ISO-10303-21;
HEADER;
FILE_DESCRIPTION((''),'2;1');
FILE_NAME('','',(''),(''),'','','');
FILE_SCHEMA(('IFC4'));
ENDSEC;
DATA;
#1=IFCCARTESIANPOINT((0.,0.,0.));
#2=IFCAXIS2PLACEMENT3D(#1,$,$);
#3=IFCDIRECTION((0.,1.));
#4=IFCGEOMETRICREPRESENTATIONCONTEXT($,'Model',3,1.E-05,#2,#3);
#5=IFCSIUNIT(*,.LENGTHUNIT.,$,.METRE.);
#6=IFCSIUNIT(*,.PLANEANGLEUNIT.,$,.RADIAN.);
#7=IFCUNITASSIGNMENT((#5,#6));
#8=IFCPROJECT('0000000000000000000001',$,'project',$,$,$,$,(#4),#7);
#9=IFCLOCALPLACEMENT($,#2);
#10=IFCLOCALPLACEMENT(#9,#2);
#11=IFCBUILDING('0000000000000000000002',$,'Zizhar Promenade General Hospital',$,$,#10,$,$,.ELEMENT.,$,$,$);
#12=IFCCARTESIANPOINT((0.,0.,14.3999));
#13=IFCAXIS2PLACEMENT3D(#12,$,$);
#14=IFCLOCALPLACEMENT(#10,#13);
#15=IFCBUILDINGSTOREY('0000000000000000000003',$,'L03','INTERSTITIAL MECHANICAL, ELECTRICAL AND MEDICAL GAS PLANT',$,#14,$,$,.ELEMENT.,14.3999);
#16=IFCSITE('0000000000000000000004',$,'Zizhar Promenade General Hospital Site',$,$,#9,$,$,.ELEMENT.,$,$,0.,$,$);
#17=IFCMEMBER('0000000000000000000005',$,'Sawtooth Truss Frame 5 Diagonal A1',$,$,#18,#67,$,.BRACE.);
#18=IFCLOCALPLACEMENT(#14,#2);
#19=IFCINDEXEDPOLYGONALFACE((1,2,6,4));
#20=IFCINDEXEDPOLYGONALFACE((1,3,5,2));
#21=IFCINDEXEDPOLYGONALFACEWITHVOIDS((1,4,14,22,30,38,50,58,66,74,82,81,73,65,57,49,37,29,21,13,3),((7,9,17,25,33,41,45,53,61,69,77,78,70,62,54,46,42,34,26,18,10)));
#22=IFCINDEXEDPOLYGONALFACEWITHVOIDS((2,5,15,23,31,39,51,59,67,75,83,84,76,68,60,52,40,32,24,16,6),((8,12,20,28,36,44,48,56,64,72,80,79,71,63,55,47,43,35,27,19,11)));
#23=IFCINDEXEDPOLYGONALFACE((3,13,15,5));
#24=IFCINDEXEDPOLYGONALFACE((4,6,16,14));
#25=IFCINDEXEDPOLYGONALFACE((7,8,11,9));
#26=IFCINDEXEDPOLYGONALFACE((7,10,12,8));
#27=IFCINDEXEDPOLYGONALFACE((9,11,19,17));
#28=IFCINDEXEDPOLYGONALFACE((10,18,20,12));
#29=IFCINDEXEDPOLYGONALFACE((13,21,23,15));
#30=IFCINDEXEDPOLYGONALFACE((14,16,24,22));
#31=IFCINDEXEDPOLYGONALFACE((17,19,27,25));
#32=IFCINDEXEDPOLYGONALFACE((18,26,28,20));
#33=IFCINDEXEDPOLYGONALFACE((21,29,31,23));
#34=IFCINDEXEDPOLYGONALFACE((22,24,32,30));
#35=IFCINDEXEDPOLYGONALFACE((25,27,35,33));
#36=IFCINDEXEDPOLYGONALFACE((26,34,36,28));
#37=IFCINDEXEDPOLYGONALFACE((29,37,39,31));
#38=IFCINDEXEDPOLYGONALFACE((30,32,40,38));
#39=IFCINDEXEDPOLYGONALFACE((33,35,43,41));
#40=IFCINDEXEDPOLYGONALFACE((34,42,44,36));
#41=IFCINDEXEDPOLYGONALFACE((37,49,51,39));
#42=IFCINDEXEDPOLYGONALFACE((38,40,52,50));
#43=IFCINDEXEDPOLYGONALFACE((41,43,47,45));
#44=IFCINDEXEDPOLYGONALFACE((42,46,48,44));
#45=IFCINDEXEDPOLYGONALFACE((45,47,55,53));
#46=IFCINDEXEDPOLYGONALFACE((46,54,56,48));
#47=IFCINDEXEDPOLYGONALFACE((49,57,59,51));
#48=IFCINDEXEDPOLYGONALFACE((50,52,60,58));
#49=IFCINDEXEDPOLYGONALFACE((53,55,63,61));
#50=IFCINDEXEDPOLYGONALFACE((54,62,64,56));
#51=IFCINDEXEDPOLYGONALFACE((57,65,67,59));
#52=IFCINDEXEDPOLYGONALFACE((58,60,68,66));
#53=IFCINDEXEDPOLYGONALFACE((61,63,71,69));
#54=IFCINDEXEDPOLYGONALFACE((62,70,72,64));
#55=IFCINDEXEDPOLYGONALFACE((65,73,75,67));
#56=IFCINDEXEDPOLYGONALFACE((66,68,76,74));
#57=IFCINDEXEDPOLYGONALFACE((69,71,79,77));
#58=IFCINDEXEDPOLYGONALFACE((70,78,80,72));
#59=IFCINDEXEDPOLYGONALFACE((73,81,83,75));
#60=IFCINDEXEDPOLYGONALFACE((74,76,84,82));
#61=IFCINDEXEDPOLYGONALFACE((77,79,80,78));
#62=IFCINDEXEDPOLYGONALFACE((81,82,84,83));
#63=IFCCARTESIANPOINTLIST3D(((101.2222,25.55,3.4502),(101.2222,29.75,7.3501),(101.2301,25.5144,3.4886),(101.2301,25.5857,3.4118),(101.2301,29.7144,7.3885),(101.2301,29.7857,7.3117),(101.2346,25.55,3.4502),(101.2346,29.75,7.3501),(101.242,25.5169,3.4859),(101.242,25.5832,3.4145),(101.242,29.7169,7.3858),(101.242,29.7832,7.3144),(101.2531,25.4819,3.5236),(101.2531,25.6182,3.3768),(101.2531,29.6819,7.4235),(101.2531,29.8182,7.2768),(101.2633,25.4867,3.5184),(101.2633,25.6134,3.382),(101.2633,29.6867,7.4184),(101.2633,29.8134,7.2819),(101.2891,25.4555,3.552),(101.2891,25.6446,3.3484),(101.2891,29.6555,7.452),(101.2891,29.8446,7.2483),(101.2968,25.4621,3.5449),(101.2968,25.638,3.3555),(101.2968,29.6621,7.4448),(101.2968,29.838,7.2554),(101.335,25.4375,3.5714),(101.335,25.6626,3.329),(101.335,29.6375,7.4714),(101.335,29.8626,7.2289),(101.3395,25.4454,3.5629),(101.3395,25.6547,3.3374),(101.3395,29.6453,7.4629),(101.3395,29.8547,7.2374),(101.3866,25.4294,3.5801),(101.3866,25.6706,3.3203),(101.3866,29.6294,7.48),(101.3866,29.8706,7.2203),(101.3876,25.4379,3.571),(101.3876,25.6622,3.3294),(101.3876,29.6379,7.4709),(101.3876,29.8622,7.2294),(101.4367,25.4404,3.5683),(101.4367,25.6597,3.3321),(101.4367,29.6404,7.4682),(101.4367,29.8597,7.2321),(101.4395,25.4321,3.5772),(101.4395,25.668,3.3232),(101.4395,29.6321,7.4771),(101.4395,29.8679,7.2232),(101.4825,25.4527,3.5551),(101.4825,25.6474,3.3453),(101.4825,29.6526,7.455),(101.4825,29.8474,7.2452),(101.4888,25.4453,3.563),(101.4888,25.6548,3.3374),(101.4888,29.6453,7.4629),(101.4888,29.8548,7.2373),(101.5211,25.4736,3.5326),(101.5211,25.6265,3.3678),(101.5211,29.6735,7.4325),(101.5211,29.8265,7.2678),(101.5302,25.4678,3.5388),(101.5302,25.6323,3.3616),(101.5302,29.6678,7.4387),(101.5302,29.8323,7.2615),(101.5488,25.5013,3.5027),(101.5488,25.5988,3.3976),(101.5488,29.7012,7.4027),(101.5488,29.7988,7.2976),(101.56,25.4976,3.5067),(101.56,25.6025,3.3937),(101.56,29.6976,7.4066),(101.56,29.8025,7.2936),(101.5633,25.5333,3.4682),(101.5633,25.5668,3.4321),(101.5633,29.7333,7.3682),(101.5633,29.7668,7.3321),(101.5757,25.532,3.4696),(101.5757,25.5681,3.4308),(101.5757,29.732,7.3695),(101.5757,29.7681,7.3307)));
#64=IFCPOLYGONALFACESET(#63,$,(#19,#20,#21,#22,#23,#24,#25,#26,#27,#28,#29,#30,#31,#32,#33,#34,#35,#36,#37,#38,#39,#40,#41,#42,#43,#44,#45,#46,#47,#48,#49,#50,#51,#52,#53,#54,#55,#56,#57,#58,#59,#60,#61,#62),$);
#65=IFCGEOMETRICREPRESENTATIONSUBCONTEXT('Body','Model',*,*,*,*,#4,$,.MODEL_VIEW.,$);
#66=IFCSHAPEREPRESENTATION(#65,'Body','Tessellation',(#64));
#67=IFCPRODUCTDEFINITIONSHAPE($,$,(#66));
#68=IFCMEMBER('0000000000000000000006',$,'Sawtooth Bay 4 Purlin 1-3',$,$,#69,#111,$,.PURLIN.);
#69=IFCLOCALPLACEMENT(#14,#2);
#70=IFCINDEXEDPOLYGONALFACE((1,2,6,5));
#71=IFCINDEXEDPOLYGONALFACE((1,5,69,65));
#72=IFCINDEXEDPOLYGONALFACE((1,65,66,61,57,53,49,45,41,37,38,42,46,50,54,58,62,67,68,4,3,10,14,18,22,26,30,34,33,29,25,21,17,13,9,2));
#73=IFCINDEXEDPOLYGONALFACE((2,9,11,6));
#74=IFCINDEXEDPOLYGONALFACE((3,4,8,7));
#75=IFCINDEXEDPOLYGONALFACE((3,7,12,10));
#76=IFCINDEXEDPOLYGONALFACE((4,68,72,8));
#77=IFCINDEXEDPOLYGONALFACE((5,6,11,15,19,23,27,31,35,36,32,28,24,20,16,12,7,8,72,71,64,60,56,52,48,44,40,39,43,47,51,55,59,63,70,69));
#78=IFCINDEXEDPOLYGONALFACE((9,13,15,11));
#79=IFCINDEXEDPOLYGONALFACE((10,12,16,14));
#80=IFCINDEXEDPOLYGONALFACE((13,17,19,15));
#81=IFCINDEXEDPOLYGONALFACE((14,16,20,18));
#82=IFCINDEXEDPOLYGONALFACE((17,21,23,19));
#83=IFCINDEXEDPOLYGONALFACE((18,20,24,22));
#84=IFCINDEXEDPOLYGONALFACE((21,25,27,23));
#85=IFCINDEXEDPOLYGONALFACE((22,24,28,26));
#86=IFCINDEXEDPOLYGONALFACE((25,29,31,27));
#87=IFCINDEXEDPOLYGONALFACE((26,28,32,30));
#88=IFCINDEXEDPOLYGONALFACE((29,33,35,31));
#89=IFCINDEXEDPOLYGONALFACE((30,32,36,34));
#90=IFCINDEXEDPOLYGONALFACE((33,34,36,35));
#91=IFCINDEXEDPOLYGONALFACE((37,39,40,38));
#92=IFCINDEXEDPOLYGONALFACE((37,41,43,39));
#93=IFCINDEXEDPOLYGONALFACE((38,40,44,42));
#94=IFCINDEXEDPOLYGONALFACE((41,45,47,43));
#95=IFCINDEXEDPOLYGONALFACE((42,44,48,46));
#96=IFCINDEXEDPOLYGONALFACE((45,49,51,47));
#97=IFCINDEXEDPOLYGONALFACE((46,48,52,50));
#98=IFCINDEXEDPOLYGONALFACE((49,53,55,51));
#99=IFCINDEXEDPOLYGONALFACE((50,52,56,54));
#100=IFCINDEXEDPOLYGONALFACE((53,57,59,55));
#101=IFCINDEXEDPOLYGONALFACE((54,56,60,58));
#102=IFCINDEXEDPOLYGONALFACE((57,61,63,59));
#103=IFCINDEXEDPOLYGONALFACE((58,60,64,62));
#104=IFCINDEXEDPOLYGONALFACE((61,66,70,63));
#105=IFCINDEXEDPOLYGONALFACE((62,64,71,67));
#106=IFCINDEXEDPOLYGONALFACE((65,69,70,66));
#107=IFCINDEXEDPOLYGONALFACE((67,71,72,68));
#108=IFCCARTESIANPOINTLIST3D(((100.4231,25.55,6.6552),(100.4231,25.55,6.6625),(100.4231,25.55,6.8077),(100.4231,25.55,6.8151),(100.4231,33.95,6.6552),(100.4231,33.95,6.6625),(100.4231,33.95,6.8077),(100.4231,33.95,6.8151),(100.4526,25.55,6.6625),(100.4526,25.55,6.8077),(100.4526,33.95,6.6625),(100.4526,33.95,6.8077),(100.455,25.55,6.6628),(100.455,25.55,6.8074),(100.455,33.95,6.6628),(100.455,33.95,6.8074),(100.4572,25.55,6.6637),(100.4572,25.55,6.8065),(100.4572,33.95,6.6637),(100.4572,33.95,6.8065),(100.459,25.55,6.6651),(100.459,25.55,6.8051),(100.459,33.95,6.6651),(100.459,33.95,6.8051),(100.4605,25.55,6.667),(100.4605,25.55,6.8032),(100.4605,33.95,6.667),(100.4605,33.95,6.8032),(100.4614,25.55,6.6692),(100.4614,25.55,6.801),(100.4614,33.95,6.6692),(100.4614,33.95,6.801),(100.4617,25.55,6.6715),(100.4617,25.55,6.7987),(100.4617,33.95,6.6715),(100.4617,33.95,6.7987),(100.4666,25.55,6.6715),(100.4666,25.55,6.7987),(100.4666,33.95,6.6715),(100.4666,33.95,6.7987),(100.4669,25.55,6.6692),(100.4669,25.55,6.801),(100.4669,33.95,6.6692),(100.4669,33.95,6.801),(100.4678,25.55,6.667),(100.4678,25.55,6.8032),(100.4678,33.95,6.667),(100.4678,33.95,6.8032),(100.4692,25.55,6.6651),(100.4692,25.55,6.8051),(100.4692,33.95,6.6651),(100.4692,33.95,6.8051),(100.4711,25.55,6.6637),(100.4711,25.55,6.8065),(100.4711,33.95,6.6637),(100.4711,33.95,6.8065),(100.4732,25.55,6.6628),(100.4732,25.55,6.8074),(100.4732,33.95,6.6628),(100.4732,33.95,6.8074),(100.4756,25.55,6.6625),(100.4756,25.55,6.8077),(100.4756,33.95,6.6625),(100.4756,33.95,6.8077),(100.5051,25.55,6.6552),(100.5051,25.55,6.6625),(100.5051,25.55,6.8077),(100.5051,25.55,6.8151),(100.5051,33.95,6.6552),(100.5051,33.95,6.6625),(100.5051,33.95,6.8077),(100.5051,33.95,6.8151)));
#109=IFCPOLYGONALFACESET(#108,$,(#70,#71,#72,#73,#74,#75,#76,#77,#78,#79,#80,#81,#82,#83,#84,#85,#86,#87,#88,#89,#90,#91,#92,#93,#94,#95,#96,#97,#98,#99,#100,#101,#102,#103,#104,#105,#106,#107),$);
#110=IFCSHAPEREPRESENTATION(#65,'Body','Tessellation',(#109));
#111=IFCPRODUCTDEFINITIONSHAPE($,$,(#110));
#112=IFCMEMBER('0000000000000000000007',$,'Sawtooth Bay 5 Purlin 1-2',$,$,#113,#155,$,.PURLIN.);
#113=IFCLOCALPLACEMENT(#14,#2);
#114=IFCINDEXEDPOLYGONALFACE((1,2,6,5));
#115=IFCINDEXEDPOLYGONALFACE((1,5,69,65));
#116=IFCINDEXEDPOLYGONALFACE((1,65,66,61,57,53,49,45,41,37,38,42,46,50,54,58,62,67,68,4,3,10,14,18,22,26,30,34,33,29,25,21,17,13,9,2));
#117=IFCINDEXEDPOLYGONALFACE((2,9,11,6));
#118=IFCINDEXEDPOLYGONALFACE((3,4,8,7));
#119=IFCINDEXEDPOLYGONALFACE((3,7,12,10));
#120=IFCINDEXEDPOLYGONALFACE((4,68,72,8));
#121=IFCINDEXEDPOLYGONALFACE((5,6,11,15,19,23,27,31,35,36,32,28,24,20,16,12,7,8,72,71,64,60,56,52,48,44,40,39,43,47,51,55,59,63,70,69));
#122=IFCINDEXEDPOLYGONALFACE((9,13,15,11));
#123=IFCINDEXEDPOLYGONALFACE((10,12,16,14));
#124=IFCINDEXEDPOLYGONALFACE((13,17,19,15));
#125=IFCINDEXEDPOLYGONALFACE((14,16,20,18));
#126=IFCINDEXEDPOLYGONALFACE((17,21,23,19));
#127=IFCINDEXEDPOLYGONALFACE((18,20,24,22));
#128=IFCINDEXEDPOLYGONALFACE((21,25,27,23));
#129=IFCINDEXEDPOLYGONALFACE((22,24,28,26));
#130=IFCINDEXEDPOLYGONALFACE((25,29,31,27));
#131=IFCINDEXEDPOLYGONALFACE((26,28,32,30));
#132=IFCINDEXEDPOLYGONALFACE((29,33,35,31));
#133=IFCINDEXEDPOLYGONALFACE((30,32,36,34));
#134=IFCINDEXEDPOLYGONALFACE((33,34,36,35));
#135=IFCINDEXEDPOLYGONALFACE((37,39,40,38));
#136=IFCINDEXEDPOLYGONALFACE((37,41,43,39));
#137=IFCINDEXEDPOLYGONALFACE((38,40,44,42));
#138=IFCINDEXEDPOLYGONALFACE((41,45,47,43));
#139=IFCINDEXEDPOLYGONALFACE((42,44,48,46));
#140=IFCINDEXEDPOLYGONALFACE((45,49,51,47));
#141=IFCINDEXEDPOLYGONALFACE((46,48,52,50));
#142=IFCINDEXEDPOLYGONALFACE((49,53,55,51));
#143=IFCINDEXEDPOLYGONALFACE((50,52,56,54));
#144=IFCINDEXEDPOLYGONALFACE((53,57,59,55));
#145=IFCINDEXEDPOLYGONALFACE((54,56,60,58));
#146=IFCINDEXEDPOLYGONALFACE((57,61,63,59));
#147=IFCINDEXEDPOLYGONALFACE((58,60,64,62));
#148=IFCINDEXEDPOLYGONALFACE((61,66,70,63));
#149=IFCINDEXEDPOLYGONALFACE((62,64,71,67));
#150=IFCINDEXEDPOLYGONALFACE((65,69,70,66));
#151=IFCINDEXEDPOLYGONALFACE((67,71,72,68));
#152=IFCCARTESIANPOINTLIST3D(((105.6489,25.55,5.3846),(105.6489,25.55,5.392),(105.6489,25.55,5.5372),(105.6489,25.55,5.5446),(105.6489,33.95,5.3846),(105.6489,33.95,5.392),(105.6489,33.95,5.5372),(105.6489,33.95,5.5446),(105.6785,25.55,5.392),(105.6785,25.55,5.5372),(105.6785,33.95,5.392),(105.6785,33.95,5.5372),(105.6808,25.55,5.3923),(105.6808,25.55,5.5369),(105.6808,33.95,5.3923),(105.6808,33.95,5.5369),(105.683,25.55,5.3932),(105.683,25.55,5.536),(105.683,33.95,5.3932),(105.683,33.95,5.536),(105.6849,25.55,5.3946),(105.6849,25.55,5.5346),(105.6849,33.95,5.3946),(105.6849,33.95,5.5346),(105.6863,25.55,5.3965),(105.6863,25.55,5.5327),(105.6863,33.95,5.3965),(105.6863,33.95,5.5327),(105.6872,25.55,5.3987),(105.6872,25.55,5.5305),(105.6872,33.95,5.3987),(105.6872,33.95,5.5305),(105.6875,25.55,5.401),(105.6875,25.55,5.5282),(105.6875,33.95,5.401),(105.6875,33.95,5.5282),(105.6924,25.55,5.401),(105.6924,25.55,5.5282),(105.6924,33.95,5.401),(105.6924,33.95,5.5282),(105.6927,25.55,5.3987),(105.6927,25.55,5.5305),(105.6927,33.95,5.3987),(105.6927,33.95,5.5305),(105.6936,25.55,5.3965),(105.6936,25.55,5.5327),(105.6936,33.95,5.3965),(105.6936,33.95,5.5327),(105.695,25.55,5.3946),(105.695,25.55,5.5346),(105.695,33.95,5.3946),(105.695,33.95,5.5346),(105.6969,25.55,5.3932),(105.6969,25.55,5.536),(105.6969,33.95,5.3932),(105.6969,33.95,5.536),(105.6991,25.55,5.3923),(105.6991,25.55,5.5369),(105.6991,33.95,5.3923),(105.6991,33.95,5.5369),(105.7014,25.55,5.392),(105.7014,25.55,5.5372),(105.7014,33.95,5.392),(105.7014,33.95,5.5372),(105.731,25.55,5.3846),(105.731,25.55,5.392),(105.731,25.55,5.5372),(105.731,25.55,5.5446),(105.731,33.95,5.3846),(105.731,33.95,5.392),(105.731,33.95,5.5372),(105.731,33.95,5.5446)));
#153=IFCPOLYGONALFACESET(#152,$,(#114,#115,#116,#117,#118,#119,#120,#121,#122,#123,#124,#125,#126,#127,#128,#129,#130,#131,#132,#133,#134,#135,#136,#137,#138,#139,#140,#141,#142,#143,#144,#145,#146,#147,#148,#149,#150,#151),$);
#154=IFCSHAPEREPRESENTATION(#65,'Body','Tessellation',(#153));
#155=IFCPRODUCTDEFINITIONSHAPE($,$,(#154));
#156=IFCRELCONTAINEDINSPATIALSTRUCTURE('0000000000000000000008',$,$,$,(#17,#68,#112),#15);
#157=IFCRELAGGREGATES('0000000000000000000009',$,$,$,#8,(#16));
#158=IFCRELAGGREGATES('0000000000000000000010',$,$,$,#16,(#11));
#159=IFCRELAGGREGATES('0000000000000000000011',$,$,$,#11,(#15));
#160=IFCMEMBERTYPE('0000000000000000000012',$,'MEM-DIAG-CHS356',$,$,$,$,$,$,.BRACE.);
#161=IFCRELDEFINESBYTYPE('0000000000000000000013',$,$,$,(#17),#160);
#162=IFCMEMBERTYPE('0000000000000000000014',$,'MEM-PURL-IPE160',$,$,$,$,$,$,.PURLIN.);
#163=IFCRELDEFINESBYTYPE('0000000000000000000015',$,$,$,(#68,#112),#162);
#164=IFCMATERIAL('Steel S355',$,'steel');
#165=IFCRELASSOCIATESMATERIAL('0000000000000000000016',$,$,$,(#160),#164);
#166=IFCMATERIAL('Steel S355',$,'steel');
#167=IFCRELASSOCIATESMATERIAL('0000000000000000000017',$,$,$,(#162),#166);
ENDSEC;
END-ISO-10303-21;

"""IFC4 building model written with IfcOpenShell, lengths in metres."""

from ifc_helpers import new_model, si_unit, direction, frame, origin, origin_2d, place, context, subcontext, project, spatial, hollow_circle, i_section, extrude, material, material_profile, profile_set, type_object, element, save


model = new_model("IFC4")

# Units and contexts
model_context = context("Model", 3, precision=1e-05, world=origin(), true_north=direction((0.0, 1.0)))
body_context = subcontext(model_context, "Body", "Model", "MODEL_VIEW")
ifc_project = project(units=[si_unit("LENGTHUNIT", "METRE"), si_unit("PLANEANGLEUNIT", "RADIAN")], contexts=[model_context])

# Site, building, storey
site_placement = place(None, origin())
site = spatial("IfcSite", under=ifc_project, at=site_placement, Name="Zizhar Promenade General Hospital Site", CompositionType="ELEMENT", RefElevation=0.0)
building_placement = place(site_placement, origin())
building = spatial("IfcBuilding", under=site, at=building_placement, Name="Zizhar Promenade General Hospital", CompositionType="ELEMENT")
storey_placement = place(building_placement, frame((0.0, 0.0, 14.3999)))
storey = spatial("IfcBuildingStorey", under=building, at=storey_placement, Name="L03", Description="INTERSTITIAL MECHANICAL, ELECTRICAL AND MEDICAL GAS PLANT", CompositionType="ELEMENT", Elevation=14.3999)

# Members
ifc_material_1 = material(Name="Steel S355", Category="steel")
ifc_material_profile_1 = material_profile(ifc_material_1, hollow_circle(Radius=0.1777, WallThickness=0.0125, at=origin_2d()))
ifc_profile_set_1 = profile_set([ifc_material_profile_1], Name="Steel S355")
member_type_1 = type_object("IfcMemberType", Name="MEM-DIAG-CHS356", PredefinedType="BRACE", material=ifc_profile_set_1)
member_1_placement = place(storey_placement, frame((101.3999, 25.55, 3.4502), z_axis=(0.0, 0.732798, 0.680446), x_axis=(-1.0, 0.0, 0.0)))
element("IfcMember", 1, at=member_1_placement, inside=storey, type_object=member_type_1, Name="Sawtooth Truss Frame 5 Diagonal A1", PredefinedType="BRACE", context=body_context, shape_type="SweptSolid", body=[
    extrude(hollow_circle(Radius=0.1777, WallThickness=0.0125, at=origin_2d()), origin(), (0.0, 0.0, 1.0), 5.7314),
])
ifc_material_2 = material(Name="Steel S355", Category="steel")
ifc_material_profile_2 = material_profile(ifc_material_2, i_section(OverallWidth=0.082, OverallDepth=0.1599, WebThickness=0.0049, FlangeThickness=0.0073, FilletRadius=0.009, at=origin_2d()))
ifc_profile_set_2 = profile_set([ifc_material_profile_2], Name="Steel S355")
member_type_2 = type_object("IfcMemberType", Name="MEM-PURL-IPE160", PredefinedType="PURLIN", material=ifc_profile_set_2)
for number, where, z_axis, x_axis, name in (
    (2, (100.4641, 25.55, 6.7351), (0.0, 1.0, 0.0), (-1.0, 0.0, 0.0), "Sawtooth Bay 4 Purlin 1-3"),
    (3, (105.6899, 25.55, 5.4646), (0.0, 1.0, 0.0), (-1.0, 0.0, 0.0), "Sawtooth Bay 5 Purlin 1-2"),
):
    element("IfcMember", number, at=place(storey_placement, frame(where, z_axis=z_axis, x_axis=x_axis)), inside=storey, type_object=member_type_2, Name=name, PredefinedType="PURLIN", context=body_context, shape_type="SweptSolid", body=[
        extrude(i_section(OverallWidth=0.082, OverallDepth=0.1599, WebThickness=0.0049, FlangeThickness=0.0073, FilletRadius=0.009, at=origin_2d()), origin(), (0.0, 0.0, 1.0), 8.3999),
    ])

save(model, "model.ifc")
